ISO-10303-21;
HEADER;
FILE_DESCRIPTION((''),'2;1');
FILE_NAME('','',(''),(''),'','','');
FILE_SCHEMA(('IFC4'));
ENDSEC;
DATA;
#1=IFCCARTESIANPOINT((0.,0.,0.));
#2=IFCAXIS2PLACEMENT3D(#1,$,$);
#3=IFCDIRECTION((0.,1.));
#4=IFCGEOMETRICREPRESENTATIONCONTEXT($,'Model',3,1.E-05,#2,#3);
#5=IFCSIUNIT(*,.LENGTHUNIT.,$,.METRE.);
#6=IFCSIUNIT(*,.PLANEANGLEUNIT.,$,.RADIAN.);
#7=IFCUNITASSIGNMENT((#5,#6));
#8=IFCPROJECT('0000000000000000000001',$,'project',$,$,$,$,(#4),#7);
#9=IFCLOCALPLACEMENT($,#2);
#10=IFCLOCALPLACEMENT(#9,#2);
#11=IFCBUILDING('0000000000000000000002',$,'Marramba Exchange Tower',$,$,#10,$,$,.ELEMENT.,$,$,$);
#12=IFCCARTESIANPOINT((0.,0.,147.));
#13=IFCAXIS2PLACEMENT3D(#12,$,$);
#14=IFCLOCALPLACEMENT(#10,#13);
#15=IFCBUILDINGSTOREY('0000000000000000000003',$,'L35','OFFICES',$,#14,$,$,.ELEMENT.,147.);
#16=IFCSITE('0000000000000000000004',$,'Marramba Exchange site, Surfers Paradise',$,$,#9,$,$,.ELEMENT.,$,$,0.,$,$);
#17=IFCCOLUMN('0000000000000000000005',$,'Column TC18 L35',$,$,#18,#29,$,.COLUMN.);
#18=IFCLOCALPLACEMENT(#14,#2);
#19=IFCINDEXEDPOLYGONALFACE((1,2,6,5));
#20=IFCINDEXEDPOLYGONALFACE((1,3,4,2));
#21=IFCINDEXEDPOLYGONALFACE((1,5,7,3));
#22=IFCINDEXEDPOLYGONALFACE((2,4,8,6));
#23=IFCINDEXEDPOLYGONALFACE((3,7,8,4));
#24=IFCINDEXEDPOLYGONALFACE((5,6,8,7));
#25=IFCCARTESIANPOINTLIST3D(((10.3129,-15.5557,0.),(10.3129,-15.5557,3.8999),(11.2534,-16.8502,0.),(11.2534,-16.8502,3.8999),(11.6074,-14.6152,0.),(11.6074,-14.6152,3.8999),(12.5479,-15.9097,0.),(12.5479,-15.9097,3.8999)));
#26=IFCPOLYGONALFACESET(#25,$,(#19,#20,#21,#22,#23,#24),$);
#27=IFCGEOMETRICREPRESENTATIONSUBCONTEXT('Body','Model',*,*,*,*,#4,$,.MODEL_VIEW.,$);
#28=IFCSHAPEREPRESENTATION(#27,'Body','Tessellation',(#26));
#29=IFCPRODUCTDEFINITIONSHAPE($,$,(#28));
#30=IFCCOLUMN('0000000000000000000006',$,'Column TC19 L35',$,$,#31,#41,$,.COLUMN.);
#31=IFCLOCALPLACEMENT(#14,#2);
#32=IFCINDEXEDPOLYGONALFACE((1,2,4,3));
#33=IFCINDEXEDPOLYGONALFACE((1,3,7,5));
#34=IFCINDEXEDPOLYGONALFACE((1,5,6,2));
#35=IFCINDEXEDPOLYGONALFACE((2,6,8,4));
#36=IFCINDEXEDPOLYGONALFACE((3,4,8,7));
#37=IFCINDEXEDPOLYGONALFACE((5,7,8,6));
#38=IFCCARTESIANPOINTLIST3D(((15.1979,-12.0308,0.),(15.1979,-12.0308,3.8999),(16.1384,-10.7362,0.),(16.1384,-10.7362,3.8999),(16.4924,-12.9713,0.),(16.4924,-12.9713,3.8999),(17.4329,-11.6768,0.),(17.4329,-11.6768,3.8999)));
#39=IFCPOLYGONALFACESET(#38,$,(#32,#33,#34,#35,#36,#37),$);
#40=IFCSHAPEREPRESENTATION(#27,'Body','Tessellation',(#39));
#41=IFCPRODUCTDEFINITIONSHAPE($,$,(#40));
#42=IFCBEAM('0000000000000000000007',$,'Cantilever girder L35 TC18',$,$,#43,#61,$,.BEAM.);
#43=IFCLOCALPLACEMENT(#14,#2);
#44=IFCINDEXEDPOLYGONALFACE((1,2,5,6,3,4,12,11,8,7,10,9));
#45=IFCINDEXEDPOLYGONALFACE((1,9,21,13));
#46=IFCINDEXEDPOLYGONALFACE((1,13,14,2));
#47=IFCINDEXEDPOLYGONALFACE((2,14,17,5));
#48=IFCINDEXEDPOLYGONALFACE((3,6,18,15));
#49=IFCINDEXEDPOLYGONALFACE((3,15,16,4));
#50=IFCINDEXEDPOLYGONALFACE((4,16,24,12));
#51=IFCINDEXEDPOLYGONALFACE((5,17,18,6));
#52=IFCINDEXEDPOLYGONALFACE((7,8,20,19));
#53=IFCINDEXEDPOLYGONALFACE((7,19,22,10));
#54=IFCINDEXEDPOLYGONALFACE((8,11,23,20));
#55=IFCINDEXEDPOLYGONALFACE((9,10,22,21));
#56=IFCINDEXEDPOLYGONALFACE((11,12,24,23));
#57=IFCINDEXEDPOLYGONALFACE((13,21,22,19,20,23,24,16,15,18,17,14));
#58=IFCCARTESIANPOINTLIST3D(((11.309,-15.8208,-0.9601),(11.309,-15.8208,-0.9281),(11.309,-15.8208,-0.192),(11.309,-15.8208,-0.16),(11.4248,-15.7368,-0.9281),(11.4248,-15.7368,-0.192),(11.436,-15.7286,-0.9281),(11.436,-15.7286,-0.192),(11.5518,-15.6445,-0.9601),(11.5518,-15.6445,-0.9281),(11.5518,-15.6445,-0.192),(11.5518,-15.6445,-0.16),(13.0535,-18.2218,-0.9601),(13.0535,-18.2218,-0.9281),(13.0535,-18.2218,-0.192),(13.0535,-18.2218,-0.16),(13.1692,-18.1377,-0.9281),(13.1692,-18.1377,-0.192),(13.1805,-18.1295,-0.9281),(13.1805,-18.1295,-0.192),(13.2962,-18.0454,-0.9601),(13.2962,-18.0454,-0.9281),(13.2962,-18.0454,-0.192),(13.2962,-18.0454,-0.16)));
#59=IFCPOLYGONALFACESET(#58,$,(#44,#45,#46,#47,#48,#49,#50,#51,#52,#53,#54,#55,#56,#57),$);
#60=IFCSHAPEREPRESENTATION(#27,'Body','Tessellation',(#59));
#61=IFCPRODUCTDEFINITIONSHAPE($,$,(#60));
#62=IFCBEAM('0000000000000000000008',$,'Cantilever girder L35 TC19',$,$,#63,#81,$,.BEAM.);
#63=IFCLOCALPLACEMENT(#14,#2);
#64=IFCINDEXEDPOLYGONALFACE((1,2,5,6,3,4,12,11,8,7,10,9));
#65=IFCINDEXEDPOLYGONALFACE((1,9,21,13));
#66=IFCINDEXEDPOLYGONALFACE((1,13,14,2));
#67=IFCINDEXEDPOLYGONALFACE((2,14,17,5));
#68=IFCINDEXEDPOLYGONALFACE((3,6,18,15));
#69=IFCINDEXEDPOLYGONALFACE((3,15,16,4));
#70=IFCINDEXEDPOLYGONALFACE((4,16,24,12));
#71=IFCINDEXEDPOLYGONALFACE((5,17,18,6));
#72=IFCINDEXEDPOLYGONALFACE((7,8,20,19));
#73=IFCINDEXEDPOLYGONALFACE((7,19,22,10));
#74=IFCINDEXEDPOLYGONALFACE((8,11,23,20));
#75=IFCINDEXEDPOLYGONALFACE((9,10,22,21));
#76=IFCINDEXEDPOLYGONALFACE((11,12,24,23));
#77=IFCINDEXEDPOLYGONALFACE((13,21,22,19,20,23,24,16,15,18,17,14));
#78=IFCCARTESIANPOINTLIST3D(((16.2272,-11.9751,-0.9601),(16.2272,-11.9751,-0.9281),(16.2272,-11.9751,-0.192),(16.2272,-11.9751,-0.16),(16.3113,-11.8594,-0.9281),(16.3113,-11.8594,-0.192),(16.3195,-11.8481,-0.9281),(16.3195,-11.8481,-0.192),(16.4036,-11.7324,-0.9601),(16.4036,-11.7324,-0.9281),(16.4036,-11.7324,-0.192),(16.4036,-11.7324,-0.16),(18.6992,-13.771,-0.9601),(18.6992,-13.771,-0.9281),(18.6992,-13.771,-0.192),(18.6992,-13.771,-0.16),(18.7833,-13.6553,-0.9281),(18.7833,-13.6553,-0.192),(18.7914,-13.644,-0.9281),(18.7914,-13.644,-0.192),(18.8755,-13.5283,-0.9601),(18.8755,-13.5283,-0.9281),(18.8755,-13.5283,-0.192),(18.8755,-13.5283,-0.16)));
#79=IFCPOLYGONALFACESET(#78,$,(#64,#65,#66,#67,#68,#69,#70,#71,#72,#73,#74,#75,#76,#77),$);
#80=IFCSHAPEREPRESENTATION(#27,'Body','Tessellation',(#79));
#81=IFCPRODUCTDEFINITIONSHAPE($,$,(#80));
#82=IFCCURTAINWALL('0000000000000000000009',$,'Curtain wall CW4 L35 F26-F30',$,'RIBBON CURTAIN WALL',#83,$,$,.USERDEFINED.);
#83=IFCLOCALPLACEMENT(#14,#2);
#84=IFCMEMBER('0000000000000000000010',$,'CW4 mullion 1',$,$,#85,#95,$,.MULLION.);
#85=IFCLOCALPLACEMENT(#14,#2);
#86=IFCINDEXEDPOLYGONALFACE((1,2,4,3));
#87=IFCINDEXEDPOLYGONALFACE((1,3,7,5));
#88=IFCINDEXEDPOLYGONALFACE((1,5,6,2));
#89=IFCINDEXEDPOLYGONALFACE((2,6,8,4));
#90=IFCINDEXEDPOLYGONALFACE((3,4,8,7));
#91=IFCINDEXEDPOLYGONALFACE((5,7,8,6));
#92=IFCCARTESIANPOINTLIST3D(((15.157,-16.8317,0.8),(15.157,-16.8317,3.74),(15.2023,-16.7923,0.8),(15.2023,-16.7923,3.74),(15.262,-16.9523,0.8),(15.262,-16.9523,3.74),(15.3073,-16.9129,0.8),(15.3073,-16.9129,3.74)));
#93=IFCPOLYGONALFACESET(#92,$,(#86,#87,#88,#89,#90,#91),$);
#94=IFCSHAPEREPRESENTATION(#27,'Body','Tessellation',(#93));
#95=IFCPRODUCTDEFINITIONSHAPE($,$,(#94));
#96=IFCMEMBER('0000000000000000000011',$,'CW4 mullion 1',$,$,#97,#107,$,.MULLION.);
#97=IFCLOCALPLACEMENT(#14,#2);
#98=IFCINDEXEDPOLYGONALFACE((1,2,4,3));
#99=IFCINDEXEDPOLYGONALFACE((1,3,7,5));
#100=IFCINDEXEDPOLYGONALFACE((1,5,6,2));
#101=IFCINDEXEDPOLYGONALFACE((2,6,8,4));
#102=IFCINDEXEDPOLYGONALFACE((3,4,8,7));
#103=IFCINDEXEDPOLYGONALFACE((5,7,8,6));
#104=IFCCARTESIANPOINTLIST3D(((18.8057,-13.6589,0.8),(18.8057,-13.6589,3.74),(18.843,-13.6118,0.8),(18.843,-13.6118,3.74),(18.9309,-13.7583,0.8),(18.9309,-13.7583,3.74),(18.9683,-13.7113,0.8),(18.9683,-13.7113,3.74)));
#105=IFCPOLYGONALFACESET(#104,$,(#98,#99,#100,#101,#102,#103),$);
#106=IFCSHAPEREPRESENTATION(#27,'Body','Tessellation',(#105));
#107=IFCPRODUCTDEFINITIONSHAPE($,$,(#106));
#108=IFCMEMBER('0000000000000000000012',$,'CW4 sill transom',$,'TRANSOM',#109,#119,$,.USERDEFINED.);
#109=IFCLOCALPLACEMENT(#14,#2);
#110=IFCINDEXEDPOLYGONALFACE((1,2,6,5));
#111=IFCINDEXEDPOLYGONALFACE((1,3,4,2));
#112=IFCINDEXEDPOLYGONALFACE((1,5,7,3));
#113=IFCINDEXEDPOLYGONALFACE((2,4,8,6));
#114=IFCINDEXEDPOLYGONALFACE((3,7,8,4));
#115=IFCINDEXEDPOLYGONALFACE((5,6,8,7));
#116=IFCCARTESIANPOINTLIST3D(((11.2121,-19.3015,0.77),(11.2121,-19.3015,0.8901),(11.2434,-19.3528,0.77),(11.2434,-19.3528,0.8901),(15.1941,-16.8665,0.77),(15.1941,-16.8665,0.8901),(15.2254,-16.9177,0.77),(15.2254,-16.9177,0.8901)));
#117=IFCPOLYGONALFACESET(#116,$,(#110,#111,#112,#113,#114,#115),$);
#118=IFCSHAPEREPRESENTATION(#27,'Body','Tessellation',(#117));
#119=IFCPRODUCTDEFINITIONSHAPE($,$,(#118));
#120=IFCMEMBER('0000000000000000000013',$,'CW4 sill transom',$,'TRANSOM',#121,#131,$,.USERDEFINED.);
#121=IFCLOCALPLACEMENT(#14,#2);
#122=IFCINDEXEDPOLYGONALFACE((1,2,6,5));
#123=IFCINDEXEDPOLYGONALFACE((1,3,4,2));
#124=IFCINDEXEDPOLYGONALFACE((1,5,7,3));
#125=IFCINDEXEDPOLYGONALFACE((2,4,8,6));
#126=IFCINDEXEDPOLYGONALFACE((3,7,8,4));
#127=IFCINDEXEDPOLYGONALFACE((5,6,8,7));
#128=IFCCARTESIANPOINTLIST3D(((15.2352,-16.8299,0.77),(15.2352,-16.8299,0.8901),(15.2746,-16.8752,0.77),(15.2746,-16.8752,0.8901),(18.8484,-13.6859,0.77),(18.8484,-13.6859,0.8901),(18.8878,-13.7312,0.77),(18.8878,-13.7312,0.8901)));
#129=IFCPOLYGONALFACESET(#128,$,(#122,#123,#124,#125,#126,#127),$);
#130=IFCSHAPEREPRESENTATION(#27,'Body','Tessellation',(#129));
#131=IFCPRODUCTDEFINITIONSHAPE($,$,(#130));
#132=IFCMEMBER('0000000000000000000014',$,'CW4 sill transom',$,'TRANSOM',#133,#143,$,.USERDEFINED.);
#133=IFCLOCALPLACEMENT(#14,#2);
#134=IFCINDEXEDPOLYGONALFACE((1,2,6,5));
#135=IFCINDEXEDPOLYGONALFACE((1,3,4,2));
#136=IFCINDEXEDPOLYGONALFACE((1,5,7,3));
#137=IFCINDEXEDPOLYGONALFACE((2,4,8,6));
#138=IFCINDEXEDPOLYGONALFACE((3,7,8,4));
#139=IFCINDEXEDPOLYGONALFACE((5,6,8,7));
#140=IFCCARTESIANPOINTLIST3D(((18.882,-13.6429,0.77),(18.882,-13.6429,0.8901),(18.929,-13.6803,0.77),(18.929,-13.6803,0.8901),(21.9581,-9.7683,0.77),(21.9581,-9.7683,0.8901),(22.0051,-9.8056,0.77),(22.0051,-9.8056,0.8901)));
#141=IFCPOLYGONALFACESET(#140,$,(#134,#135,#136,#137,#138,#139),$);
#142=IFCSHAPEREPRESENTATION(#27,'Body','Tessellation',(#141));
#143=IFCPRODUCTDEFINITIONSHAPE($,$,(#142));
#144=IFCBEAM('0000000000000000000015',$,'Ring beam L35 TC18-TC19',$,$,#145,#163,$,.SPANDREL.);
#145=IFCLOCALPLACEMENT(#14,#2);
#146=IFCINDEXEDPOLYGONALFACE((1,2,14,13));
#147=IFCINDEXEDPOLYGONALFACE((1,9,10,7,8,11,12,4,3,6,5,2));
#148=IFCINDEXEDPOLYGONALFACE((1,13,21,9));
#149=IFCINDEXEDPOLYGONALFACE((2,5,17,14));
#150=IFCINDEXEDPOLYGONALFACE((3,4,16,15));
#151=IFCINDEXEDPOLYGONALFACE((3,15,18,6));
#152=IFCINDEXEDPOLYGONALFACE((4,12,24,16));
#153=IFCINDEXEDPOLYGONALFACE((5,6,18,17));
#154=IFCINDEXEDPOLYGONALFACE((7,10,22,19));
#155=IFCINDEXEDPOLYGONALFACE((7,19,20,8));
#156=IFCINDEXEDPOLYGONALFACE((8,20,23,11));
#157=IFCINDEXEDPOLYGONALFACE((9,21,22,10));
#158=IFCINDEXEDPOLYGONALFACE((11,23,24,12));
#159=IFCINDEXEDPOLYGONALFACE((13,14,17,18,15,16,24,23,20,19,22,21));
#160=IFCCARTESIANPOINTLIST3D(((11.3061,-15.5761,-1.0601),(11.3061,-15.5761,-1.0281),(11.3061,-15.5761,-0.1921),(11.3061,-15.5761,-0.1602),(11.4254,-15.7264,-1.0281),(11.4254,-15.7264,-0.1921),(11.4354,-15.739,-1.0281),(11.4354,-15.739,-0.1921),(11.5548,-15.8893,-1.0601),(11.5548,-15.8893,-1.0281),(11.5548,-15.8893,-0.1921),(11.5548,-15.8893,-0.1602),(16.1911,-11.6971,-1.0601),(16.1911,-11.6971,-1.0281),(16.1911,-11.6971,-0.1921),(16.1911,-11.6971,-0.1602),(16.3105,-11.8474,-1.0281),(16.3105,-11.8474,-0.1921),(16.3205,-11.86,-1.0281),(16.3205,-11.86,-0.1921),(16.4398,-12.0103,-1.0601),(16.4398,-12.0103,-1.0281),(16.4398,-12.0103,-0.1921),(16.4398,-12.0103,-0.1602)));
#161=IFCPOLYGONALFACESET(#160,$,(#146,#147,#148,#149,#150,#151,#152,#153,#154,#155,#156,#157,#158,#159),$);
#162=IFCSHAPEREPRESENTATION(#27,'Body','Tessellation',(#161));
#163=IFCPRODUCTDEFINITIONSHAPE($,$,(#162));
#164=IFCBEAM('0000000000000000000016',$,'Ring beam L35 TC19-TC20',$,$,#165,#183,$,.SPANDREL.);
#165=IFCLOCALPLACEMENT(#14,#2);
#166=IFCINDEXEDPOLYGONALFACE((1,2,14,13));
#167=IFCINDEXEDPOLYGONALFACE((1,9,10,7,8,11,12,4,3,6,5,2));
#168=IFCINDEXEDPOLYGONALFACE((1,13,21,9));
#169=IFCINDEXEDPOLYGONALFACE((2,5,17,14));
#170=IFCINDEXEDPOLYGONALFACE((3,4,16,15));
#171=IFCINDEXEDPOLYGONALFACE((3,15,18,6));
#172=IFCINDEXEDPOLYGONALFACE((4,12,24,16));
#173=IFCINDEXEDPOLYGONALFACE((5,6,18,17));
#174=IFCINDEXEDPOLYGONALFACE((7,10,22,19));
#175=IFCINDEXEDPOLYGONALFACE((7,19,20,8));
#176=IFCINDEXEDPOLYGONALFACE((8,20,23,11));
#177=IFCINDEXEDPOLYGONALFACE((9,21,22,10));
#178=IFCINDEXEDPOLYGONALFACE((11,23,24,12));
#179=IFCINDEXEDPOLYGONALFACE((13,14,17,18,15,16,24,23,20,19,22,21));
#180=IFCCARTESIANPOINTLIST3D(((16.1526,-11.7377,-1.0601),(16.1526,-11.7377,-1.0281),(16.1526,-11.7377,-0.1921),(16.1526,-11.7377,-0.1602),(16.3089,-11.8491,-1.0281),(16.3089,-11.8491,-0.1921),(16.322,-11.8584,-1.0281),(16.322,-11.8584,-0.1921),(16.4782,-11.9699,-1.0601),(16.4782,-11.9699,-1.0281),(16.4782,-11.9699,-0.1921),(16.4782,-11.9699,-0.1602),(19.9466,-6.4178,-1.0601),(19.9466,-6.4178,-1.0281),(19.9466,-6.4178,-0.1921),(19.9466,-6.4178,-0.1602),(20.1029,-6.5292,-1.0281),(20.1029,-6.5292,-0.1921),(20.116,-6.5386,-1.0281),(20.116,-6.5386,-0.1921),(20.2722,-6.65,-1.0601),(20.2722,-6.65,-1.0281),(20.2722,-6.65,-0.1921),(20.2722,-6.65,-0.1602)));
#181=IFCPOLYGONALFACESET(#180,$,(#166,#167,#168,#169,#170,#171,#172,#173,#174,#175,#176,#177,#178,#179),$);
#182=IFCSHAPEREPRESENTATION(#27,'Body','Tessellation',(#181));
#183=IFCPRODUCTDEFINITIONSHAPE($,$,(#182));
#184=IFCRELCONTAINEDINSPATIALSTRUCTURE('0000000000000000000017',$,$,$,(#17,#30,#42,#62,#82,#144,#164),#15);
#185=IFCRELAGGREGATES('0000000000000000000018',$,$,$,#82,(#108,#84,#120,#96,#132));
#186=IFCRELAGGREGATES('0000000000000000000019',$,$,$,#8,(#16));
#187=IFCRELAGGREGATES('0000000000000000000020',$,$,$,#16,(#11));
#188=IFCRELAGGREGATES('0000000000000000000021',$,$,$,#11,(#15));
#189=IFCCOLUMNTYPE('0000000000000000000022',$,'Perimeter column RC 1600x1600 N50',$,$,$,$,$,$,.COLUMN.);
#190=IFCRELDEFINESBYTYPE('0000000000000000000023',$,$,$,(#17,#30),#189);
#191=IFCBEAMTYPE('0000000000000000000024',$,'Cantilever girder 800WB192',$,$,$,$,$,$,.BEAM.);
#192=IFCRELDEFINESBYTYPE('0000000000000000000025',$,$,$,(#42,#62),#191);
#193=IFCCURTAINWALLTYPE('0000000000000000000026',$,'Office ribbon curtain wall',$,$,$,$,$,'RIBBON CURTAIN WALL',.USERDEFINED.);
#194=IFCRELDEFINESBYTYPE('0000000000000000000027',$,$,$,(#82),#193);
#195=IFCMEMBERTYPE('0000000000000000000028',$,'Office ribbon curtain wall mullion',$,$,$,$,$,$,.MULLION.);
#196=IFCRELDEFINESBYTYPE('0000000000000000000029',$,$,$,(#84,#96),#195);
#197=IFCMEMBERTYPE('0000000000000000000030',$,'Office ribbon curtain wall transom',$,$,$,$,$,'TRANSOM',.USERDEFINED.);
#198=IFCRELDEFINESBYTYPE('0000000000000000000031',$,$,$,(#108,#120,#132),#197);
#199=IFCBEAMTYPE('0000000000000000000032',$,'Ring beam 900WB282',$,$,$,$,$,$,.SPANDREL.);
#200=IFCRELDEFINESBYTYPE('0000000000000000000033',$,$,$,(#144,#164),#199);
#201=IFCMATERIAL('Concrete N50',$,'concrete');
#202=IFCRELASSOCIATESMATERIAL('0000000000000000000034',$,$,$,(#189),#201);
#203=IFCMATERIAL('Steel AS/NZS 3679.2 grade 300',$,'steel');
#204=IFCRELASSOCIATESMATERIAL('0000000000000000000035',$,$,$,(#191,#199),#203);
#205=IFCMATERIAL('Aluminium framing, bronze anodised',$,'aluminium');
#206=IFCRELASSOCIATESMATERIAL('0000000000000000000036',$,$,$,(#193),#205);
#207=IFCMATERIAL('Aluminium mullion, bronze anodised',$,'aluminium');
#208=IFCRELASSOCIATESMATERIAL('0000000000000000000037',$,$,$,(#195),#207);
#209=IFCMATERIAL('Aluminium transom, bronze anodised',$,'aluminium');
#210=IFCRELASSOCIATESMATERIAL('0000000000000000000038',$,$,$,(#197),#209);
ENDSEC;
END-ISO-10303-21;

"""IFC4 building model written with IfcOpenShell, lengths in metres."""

from ifc_helpers import new_model, si_unit, direction, frame, origin, origin_2d, place, context, subcontext, project, spatial, rectangle, i_section, extrude, material, material_profile, profile_set, type_object, element, aggregate, save


model = new_model("IFC4")

# Units and contexts
model_context = context("Model", 3, precision=1e-05, world=origin(), true_north=direction((0.0, 1.0)))
body_context = subcontext(model_context, "Body", "Model", "MODEL_VIEW")
ifc_project = project(units=[si_unit("LENGTHUNIT", "METRE"), si_unit("PLANEANGLEUNIT", "RADIAN")], contexts=[model_context])

# Site, building, storey
site_placement = place(None, origin())
site = spatial("IfcSite", under=ifc_project, at=site_placement, Name="Marramba Exchange site, Surfers Paradise", CompositionType="ELEMENT", RefElevation=0.0)
building_placement = place(site_placement, origin())
building = spatial("IfcBuilding", under=site, at=building_placement, Name="Marramba Exchange Tower", CompositionType="ELEMENT")
storey_placement = place(building_placement, frame((0.0, 0.0, 147.0)))
storey = spatial("IfcBuildingStorey", under=building, at=storey_placement, Name="L35", Description="OFFICES", CompositionType="ELEMENT", Elevation=147.0)

# Columns
ifc_material_1 = material(Name="Concrete N50", Category="concrete")
ifc_material_profile_1 = material_profile(ifc_material_1, rectangle(XDim=1.6001, YDim=1.6001, at=origin_2d()), Name="RC 1600x1600")
ifc_profile_set_1 = profile_set([ifc_material_profile_1], Name="Concrete N50")
column_type = type_object("IfcColumnType", Name="Perimeter column RC 1600x1600 N50", PredefinedType="COLUMN", material=ifc_profile_set_1)
for number, where, z_axis, x_axis, name in (
    (1, (11.4304, -15.7327, 0.0), (0.0, 0.0, 1.0), (0.587785, -0.809017, 0.0), "Column TC18 L35"),
    (2, (16.3154, -11.8538, 0.0), (0.0, 0.0, 1.0), (0.809017, -0.587785, 0.0), "Column TC19 L35"),
):
    element("IfcColumn", number, at=place(storey_placement, frame(where, z_axis=z_axis, x_axis=x_axis)), inside=storey, type_object=column_type, Name=name, PredefinedType="COLUMN", context=body_context, shape_type="SweptSolid", body=[
        extrude(rectangle(XDim=1.6001, YDim=1.6001, at=origin_2d()), origin(), (0.0, 0.0, 1.0), 3.8999),
    ])

# Beams
ifc_material_2 = material(Name="Steel AS/NZS 3679.2 grade 300", Category="steel")
ifc_material_profile_2 = material_profile(ifc_material_2, i_section(OverallWidth=0.3, OverallDepth=0.8, WebThickness=0.0139, FlangeThickness=0.032, at=origin_2d()), Name="800WB192")
ifc_profile_set_2 = profile_set([ifc_material_profile_2], Name="Steel AS/NZS 3679.2 grade 300")
beam_type_1 = type_object("IfcBeamType", Name="Cantilever girder 800WB192", PredefinedType="BEAM", material=ifc_profile_set_2)
beam_1_placement = place(storey_placement, frame((11.4304, -15.7327, -0.5601), z_axis=(0.587795, -0.80901, 0.0), x_axis=(0.80901, 0.587795, 0.0)))
element("IfcBeam", 3, at=beam_1_placement, inside=storey, type_object=beam_type_1, Name="Cantilever girder L35 TC18", PredefinedType="BEAM", context=body_context, shape_type="SweptSolid", body=[
    extrude(i_section(OverallWidth=0.3, OverallDepth=0.8, WebThickness=0.0139, FlangeThickness=0.032, at=origin_2d()), origin(), (0.0, 0.0, 1.0), 2.9678),
])
beam_2_placement = place(storey_placement, frame((16.3154, -11.8538, -0.5601), z_axis=(0.809026, -0.587773, 0.0), x_axis=(0.587773, 0.809026, 0.0)))
element("IfcBeam", 4, at=beam_2_placement, inside=storey, type_object=beam_type_1, Name="Cantilever girder L35 TC19", PredefinedType="BEAM", context=body_context, shape_type="SweptSolid", body=[
    extrude(i_section(OverallWidth=0.3, OverallDepth=0.8, WebThickness=0.0139, FlangeThickness=0.032, at=origin_2d()), origin(), (0.0, 0.0, 1.0), 3.0554),
])

# Curtain wall, members
ifc_material_3 = material(Name="Aluminium framing, bronze anodised", Category="aluminium")
curtain_wall_type = type_object("IfcCurtainWallType", Name="Office ribbon curtain wall", ElementType="RIBBON CURTAIN WALL", PredefinedType="USERDEFINED", material=ifc_material_3)
curtain_wall_placement = place(storey_placement, origin())
curtain_wall = element("IfcCurtainWall", 5, at=curtain_wall_placement, inside=storey, type_object=curtain_wall_type, Name="Curtain wall CW4 L35 F26-F30", ObjectType="RIBBON CURTAIN WALL", PredefinedType="USERDEFINED")
ifc_material_4 = material(Name="Aluminium mullion, bronze anodised", Category="aluminium")
ifc_material_profile_3 = material_profile(ifc_material_4, rectangle(XDim=0.1599, YDim=0.0601, at=origin_2d()), Name="CW4 mullion 60x160")
ifc_profile_set_3 = profile_set([ifc_material_profile_3], Name="Aluminium mullion, bronze anodised")
member_type_1 = type_object("IfcMemberType", Name="Office ribbon curtain wall mullion", PredefinedType="MULLION", material=ifc_profile_set_3)
member_1_placement = place(storey_placement, frame((15.2322, -16.8723, 0.8), z_axis=(0.0, 0.0, 1.0), x_axis=(-0.656432, 0.754386, 0.0)))
member_1 = element("IfcMember", 6, at=member_1_placement, type_object=member_type_1, Name="CW4 mullion 1", PredefinedType="MULLION", context=body_context, shape_type="SweptSolid", body=[
    extrude(rectangle(XDim=0.1599, YDim=0.0601, at=origin_2d()), origin(), (0.0, 0.0, 1.0), 2.9399),
])
member_2_placement = place(storey_placement, frame((18.887, -13.6851, 0.8), z_axis=(0.0, 0.0, 1.0), x_axis=(-0.78317, 0.621807, 0.0)))
member_2 = element("IfcMember", 7, at=member_2_placement, type_object=member_type_1, Name="CW4 mullion 1", PredefinedType="MULLION", context=body_context, shape_type="SweptSolid", body=[
    extrude(rectangle(XDim=0.1599, YDim=0.0601, at=origin_2d()), origin(), (0.0, 0.0, 1.0), 2.9399),
])
ifc_material_5 = material(Name="Aluminium transom, bronze anodised", Category="aluminium")
ifc_material_profile_4 = material_profile(ifc_material_5, rectangle(XDim=0.0601, YDim=0.1201, at=origin_2d()), Name="CW4 transom 60x120")
ifc_profile_set_4 = profile_set([ifc_material_profile_4], Name="Aluminium transom, bronze anodised")
member_type_2 = type_object("IfcMemberType", Name="Office ribbon curtain wall transom", ElementType="TRANSOM", PredefinedType="USERDEFINED", material=ifc_profile_set_4)
member_3_placement = place(storey_placement, frame((11.2278, -19.3271, 0.8301), z_axis=(0.853124, 0.521708, 0.0), x_axis=(-0.521708, 0.853124, 0.0)))
member_3 = element("IfcMember", 8, at=member_3_placement, type_object=member_type_2, Name="CW4 sill transom", ObjectType="TRANSOM", PredefinedType="USERDEFINED", context=body_context, shape_type="SweptSolid", body=[
    extrude(rectangle(XDim=0.0601, YDim=0.1201, at=origin_2d()), origin(), (0.0, 0.0, 1.0), 4.6675),
])
member_4_placement = place(storey_placement, frame((15.2549, -16.8525, 0.8301), z_axis=(0.754393, 0.656424, 0.0), x_axis=(-0.656424, 0.754393, 0.0)))
member_4 = element("IfcMember", 9, at=member_4_placement, type_object=member_type_2, Name="CW4 sill transom", ObjectType="TRANSOM", PredefinedType="USERDEFINED", context=body_context, shape_type="SweptSolid", body=[
    extrude(rectangle(XDim=0.0601, YDim=0.1201, at=origin_2d()), origin(), (0.0, 0.0, 1.0), 4.7896),
])
member_5_placement = place(storey_placement, frame((18.9055, -13.6616, 0.8301), z_axis=(0.621778, 0.783194, 0.0), x_axis=(-0.783194, 0.621778, 0.0)))
member_5 = element("IfcMember", 10, at=member_5_placement, type_object=member_type_2, Name="CW4 sill transom", ObjectType="TRANSOM", PredefinedType="USERDEFINED", context=body_context, shape_type="SweptSolid", body=[
    extrude(rectangle(XDim=0.0601, YDim=0.1201, at=origin_2d()), origin(), (0.0, 0.0, 1.0), 4.9473),
])

# Beams
ifc_material_profile_5 = material_profile(ifc_material_2, i_section(OverallWidth=0.3999, OverallDepth=0.8999, WebThickness=0.0161, FlangeThickness=0.032, at=origin_2d()), Name="900WB282")
ifc_profile_set_5 = profile_set([ifc_material_profile_5], Name="Steel AS/NZS 3679.2 grade 300")
beam_type_2 = type_object("IfcBeamType", Name="Ring beam 900WB282", PredefinedType="SPANDREL", material=ifc_profile_set_5)
beam_3_placement = place(storey_placement, frame((11.4304, -15.7327, -0.6101), z_axis=(0.783139, 0.621846, 0.0), x_axis=(-0.621846, 0.783139, 0.0)))
element("IfcBeam", 11, at=beam_3_placement, inside=storey, type_object=beam_type_2, Name="Ring beam L35 TC18-TC19", PredefinedType="SPANDREL", context=body_context, shape_type="SweptSolid", body=[
    extrude(i_section(OverallWidth=0.3999, OverallDepth=0.8999, WebThickness=0.0161, FlangeThickness=0.032, at=origin_2d()), origin(), (0.0, 0.0, 1.0), 6.2378),
])
beam_4_placement = place(storey_placement, frame((16.3154, -11.8538, -0.6101), z_axis=(0.580637, 0.814162, 0.0), x_axis=(-0.814162, 0.580637, 0.0)))
element("IfcBeam", 12, at=beam_4_placement, inside=storey, type_object=beam_type_2, Name="Ring beam L35 TC19-TC20", PredefinedType="SPANDREL", context=body_context, shape_type="SweptSolid", body=[
    extrude(i_section(OverallWidth=0.3999, OverallDepth=0.8999, WebThickness=0.0161, FlangeThickness=0.032, at=origin_2d()), origin(), (0.0, 0.0, 1.0), 6.5342),
])

aggregate(curtain_wall, [member_3, member_1, member_4, member_2, member_5])

save(model, "model.ifc")
